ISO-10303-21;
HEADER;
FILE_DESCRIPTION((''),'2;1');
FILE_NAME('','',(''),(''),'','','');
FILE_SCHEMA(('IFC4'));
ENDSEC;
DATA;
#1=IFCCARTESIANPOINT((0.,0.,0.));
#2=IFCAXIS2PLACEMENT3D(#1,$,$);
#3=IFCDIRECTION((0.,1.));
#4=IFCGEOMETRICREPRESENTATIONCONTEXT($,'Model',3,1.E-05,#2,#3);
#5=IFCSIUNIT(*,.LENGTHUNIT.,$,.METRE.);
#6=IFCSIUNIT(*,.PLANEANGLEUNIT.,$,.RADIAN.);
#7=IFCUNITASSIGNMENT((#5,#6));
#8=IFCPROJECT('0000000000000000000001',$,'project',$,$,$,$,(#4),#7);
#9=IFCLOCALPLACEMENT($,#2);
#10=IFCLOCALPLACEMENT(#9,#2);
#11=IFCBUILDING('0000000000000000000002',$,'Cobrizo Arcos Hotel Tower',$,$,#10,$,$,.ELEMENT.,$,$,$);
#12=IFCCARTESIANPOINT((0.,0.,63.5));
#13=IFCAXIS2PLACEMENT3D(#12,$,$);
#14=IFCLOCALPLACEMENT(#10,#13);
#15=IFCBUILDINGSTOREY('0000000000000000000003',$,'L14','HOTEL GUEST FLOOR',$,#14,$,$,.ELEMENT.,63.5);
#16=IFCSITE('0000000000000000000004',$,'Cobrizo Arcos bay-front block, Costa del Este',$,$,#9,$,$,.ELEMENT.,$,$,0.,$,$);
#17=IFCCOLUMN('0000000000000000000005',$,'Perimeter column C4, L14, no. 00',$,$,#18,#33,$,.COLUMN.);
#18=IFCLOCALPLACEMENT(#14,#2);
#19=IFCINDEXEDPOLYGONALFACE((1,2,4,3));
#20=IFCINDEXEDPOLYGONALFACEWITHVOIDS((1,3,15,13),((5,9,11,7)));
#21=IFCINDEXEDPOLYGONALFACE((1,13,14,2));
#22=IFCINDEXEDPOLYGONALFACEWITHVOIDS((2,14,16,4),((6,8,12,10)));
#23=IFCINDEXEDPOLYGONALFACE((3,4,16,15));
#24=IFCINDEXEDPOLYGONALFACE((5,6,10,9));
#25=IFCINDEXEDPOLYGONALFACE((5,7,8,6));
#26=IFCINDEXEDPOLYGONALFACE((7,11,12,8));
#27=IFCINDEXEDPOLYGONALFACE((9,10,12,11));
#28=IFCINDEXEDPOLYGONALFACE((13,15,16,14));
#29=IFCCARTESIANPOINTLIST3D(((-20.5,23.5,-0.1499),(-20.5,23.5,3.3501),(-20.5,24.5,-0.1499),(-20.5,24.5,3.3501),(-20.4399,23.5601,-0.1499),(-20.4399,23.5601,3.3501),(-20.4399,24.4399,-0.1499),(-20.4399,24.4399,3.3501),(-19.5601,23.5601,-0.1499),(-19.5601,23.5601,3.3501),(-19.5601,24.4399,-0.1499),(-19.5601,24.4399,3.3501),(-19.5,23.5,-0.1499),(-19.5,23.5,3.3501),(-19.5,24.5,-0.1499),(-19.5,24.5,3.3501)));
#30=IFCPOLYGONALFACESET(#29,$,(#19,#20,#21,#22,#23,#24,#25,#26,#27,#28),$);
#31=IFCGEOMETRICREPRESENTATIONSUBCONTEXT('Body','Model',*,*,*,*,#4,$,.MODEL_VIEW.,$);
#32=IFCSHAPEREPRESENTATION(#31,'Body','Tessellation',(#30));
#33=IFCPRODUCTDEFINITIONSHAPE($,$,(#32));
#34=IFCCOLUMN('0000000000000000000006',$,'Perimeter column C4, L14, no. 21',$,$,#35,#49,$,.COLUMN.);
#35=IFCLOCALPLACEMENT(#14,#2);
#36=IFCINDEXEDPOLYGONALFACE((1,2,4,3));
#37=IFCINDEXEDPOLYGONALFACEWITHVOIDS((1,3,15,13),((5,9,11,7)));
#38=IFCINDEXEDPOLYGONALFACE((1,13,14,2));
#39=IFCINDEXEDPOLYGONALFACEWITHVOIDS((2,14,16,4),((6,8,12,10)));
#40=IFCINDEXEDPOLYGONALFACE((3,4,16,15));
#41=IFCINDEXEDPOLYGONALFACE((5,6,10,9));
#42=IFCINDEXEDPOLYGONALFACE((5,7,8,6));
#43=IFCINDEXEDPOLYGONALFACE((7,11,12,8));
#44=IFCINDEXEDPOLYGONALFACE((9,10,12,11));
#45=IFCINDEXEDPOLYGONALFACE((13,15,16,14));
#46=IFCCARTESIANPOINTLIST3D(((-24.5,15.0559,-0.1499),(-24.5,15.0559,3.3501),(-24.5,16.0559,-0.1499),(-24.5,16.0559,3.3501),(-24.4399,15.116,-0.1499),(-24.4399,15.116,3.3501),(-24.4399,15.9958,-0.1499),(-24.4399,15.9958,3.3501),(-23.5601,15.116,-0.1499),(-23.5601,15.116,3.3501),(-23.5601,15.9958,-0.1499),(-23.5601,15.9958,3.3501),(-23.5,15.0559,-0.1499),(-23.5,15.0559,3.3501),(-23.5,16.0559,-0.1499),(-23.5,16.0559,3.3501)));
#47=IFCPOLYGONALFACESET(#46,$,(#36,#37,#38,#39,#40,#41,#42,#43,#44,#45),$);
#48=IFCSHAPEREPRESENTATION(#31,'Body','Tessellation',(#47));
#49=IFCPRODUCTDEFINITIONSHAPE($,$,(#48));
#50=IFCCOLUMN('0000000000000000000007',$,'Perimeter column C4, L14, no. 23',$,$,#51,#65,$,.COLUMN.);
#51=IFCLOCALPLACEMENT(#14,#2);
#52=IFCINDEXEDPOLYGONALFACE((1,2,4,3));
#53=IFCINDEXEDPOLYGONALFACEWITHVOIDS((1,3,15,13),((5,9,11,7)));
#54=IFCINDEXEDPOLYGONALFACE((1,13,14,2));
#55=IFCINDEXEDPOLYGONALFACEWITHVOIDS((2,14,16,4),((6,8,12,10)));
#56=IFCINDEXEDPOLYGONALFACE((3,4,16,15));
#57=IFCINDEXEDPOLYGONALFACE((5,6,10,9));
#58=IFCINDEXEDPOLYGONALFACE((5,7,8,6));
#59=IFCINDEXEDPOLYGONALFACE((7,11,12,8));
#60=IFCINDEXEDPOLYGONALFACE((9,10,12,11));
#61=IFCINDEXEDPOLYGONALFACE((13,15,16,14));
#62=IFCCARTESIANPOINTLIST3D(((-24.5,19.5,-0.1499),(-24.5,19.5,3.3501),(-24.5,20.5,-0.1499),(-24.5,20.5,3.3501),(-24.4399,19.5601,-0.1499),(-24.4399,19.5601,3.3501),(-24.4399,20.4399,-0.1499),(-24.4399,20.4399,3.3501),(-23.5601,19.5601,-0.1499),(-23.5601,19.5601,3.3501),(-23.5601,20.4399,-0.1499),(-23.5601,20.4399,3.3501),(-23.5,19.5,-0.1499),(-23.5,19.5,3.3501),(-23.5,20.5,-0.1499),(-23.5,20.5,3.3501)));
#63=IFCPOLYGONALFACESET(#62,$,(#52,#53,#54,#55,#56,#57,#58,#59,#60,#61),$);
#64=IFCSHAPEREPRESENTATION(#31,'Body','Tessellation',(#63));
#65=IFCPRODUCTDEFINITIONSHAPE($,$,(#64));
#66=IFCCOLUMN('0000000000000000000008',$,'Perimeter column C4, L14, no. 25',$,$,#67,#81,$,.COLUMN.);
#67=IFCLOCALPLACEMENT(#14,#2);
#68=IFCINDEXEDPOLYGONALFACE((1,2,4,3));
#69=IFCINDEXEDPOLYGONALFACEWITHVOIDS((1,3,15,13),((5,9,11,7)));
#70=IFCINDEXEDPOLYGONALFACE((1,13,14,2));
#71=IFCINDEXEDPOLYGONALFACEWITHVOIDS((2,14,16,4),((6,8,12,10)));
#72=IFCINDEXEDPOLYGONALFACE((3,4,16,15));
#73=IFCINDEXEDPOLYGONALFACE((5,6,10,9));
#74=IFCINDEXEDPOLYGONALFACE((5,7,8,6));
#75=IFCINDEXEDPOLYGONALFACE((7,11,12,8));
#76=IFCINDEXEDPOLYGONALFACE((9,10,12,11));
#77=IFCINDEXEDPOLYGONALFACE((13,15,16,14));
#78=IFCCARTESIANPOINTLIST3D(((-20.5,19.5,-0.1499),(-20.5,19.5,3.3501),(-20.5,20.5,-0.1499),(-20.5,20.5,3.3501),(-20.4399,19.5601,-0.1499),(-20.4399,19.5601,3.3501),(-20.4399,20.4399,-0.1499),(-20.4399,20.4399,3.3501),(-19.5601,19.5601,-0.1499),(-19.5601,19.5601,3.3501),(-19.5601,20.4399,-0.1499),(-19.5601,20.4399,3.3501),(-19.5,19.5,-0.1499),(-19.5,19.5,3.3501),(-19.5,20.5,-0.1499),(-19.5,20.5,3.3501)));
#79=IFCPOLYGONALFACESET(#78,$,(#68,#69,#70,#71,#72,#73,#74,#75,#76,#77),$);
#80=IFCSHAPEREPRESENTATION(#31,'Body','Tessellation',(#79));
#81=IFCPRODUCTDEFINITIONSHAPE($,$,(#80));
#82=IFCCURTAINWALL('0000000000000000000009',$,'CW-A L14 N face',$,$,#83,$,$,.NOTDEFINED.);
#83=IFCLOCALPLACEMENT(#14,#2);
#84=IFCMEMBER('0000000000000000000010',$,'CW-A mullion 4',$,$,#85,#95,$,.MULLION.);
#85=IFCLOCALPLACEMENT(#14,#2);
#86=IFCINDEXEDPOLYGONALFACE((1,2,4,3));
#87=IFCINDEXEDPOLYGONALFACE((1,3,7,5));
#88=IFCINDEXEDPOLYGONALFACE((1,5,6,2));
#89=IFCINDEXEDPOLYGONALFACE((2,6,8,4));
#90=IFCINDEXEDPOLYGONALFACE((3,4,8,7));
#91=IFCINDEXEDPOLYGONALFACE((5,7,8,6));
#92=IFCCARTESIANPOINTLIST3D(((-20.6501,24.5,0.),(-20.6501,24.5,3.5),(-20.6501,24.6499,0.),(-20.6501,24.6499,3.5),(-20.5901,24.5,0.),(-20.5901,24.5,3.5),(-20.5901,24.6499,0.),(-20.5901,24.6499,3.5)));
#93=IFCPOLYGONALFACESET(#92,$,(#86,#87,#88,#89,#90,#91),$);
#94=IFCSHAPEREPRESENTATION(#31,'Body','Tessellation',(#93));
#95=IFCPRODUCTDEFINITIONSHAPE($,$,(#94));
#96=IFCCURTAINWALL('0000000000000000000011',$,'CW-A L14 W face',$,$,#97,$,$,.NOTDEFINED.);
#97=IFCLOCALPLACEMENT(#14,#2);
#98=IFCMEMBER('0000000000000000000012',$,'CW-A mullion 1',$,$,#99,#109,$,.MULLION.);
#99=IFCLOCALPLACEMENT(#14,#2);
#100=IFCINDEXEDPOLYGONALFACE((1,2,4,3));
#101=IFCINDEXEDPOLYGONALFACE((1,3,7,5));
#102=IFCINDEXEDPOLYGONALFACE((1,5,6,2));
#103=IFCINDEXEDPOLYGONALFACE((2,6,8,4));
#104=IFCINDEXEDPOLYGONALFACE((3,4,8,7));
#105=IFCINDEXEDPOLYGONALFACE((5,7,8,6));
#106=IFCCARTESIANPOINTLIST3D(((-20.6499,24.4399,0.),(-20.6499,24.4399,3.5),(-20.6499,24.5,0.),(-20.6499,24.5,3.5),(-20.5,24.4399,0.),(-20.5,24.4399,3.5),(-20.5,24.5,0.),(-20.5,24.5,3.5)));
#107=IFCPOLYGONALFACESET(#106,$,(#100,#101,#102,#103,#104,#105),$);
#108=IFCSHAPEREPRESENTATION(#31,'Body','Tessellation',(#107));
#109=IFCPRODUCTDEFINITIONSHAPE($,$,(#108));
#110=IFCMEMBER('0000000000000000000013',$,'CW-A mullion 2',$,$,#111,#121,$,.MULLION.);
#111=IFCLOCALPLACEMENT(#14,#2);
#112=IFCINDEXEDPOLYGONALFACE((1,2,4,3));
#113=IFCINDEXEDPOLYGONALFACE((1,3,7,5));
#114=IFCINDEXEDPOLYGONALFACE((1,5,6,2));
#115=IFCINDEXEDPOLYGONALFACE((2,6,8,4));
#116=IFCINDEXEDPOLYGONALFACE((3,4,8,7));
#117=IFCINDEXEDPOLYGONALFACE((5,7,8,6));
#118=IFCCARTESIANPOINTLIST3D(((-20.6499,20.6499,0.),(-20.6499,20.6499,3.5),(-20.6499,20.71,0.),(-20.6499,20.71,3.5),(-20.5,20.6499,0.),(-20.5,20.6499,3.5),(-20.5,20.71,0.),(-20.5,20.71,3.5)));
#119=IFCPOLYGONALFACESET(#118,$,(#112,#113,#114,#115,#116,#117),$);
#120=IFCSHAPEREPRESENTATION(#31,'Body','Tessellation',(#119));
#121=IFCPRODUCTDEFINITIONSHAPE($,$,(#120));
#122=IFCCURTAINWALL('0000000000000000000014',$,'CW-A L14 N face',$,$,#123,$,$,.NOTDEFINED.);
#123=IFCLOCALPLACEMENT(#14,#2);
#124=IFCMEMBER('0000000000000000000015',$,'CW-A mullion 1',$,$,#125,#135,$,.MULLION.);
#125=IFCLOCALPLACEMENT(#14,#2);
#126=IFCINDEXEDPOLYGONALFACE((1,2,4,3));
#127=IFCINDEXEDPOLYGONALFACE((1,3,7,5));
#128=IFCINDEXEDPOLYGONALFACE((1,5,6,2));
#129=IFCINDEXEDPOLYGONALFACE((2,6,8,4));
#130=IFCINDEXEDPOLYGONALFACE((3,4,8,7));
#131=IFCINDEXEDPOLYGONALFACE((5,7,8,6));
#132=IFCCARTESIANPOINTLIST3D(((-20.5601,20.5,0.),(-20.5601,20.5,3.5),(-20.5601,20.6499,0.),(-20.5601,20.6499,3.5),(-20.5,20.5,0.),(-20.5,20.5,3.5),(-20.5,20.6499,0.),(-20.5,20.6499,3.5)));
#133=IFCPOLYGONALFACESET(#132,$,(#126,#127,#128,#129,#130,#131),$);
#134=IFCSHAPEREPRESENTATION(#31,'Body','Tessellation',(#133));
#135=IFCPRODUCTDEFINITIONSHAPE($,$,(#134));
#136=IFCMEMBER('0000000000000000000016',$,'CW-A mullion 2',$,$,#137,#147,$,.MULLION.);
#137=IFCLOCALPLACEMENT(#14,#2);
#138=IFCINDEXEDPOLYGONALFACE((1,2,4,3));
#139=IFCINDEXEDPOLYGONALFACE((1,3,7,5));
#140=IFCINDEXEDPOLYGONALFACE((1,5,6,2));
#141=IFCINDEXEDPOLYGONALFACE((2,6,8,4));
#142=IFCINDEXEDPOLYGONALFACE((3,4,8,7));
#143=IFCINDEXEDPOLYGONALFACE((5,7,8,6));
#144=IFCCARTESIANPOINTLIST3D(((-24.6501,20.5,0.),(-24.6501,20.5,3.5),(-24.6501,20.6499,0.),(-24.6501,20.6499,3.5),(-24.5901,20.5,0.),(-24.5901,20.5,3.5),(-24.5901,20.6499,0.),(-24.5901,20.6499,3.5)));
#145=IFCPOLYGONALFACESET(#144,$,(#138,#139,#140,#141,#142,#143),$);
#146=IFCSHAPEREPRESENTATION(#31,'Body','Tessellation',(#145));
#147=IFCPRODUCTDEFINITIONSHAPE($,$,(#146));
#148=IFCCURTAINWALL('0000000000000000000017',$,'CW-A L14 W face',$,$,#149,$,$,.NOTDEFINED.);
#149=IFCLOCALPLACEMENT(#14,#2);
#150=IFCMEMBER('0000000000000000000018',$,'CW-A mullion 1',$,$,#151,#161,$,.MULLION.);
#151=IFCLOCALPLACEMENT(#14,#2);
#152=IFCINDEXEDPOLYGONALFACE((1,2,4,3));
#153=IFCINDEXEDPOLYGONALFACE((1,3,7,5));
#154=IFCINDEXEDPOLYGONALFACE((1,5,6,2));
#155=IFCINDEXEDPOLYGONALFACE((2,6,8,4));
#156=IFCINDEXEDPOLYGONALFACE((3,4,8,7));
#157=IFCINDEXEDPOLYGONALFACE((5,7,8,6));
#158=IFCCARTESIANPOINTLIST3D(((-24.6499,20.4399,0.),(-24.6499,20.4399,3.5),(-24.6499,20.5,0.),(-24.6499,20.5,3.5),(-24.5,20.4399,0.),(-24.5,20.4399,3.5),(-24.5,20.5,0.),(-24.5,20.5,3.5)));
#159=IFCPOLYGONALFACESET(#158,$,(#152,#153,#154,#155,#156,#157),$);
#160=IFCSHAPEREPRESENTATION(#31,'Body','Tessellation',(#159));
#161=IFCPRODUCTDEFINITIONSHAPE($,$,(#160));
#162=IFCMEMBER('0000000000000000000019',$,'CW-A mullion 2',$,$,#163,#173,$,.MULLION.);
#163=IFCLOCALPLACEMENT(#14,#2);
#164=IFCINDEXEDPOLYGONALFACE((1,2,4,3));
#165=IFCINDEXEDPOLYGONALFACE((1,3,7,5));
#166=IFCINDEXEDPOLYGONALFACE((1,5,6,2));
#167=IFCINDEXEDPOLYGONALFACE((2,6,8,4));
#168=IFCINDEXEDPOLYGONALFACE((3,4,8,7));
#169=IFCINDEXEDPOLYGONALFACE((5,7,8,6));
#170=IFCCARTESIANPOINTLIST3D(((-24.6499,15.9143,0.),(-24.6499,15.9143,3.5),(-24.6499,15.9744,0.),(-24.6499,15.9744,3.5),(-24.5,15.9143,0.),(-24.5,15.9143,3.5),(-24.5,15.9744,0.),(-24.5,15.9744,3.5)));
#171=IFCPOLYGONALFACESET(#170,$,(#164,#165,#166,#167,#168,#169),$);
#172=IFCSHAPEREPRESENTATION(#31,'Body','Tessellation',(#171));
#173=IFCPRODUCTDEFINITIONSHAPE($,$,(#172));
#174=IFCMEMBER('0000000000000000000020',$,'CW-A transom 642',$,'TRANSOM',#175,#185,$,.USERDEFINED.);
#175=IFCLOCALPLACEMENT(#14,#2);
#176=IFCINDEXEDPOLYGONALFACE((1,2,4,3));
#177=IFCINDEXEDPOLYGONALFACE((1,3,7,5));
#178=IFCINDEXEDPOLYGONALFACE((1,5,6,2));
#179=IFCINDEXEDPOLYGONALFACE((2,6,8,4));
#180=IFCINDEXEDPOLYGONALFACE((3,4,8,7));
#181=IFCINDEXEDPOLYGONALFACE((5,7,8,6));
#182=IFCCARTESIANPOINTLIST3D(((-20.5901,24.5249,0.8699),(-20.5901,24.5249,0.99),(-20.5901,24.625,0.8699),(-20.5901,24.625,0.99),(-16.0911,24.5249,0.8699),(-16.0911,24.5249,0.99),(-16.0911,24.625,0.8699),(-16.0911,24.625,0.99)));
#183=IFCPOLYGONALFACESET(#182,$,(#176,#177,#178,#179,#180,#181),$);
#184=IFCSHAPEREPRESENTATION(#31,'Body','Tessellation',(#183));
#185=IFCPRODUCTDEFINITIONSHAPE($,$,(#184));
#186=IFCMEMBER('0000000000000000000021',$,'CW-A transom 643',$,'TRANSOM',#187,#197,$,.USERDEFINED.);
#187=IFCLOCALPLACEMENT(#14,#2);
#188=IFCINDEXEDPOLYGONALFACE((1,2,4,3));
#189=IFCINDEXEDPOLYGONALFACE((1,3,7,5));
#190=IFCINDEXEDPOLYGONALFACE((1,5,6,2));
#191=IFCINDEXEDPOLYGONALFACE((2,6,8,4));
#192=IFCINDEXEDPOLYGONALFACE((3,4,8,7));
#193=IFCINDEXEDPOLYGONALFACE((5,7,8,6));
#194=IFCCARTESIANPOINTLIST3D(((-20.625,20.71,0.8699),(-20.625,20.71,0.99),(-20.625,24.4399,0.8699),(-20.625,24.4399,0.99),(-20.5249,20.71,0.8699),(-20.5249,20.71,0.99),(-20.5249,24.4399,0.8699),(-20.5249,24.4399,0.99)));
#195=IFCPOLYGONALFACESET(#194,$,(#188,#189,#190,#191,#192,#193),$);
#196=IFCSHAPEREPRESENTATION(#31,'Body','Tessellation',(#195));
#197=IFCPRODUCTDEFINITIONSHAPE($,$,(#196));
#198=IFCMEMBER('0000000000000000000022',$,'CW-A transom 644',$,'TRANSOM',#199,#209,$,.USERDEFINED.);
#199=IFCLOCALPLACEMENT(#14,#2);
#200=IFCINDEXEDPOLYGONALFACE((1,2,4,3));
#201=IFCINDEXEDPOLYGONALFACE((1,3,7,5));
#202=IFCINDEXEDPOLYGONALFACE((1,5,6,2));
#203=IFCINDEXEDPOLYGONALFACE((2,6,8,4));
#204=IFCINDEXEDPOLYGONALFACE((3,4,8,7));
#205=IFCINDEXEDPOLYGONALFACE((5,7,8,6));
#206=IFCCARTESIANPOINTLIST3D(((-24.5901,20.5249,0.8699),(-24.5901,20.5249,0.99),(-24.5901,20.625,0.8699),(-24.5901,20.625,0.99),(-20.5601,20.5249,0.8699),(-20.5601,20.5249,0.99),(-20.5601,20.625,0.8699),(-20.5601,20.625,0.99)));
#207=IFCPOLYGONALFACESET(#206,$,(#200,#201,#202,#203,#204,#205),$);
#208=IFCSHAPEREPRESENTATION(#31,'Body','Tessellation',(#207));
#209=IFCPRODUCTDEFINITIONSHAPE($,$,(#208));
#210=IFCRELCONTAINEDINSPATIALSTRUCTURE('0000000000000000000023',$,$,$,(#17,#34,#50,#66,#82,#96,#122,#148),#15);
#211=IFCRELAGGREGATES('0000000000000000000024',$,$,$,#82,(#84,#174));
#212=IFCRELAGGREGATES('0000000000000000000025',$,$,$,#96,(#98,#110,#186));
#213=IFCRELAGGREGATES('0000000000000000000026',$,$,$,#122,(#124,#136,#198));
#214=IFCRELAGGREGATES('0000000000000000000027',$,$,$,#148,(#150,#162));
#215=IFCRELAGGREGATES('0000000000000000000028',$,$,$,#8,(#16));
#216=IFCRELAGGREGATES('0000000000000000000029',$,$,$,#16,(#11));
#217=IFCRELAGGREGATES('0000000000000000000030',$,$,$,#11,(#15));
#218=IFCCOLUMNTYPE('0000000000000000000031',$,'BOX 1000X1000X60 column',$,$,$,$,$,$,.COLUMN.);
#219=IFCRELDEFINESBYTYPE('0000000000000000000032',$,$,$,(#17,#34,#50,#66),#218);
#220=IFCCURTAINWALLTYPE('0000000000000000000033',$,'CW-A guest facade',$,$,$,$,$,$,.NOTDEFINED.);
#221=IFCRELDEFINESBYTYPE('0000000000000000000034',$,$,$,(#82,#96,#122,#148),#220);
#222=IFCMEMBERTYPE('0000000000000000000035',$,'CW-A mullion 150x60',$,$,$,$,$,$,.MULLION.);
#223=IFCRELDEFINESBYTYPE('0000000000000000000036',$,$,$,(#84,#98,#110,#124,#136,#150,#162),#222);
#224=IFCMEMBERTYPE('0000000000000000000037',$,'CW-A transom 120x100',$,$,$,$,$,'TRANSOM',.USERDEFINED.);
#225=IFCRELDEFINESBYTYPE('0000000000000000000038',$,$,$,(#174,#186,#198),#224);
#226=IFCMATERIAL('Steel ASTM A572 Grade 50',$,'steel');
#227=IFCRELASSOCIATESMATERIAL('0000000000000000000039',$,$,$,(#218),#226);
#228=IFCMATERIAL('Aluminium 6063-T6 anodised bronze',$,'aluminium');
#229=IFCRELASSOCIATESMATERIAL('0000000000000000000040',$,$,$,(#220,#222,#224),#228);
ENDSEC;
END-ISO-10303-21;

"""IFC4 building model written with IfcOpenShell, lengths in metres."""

from ifc_helpers import new_model, si_unit, direction, frame, origin, origin_2d, place, context, subcontext, project, spatial, rectangle, hollow_rectangle, extrude, material, material_profile, profile_set, type_object, element, aggregate, save


model = new_model("IFC4")

# Units and contexts
model_context = context("Model", 3, precision=1e-05, world=origin(), true_north=direction((0.0, 1.0)))
body_context = subcontext(model_context, "Body", "Model", "MODEL_VIEW")
ifc_project = project(units=[si_unit("LENGTHUNIT", "METRE"), si_unit("PLANEANGLEUNIT", "RADIAN")], contexts=[model_context])

# Site, building, storey
site_placement = place(None, origin())
site = spatial("IfcSite", under=ifc_project, at=site_placement, Name="Cobrizo Arcos bay-front block, Costa del Este", CompositionType="ELEMENT", RefElevation=0.0)
building_placement = place(site_placement, origin())
building = spatial("IfcBuilding", under=site, at=building_placement, Name="Cobrizo Arcos Hotel Tower", CompositionType="ELEMENT")
storey_placement = place(building_placement, frame((0.0, 0.0, 63.5)))
storey = spatial("IfcBuildingStorey", under=building, at=storey_placement, Name="L14", Description="HOTEL GUEST FLOOR", CompositionType="ELEMENT", Elevation=63.5)

# Columns
ifc_material_1 = material(Name="Steel ASTM A572 Grade 50", Category="steel")
ifc_material_profile_1 = material_profile(ifc_material_1, hollow_rectangle(XDim=1.0, YDim=1.0, WallThickness=0.0601, at=origin_2d()), Name="BOX 1000X1000X60")
ifc_profile_set_1 = profile_set([ifc_material_profile_1], Name="Steel ASTM A572 Grade 50")
column_type = type_object("IfcColumnType", Name="BOX 1000X1000X60 column", PredefinedType="COLUMN", material=ifc_profile_set_1)
for number, where, z_axis, x_axis, name in (
    (1, (-20.0, 24.0, -0.1499), (0.0, 0.0, 1.0), (1.0, 0.0, 0.0), "Perimeter column C4, L14, no. 00"),
    (2, (-24.0, 15.5559, -0.1499), (0.0, 0.0, 1.0), (1.0, 0.0, 0.0), "Perimeter column C4, L14, no. 21"),
    (3, (-24.0, 20.0, -0.1499), (0.0, 0.0, 1.0), (1.0, 0.0, 0.0), "Perimeter column C4, L14, no. 23"),
    (4, (-20.0, 20.0, -0.1499), (0.0, 0.0, 1.0), (1.0, 0.0, 0.0), "Perimeter column C4, L14, no. 25"),
):
    element("IfcColumn", number, at=place(storey_placement, frame(where, z_axis=z_axis, x_axis=x_axis)), inside=storey, type_object=column_type, Name=name, PredefinedType="COLUMN", context=body_context, shape_type="SweptSolid", body=[
        extrude(hollow_rectangle(XDim=1.0, YDim=1.0, WallThickness=0.0601, at=origin_2d()), origin(), (0.0, 0.0, 1.0), 3.5),
    ])

# Curtain wall, member
ifc_material_2 = material(Name="Aluminium 6063-T6 anodised bronze", Category="aluminium")
curtain_wall_type = type_object("IfcCurtainWallType", Name="CW-A guest facade", PredefinedType="NOTDEFINED", material=ifc_material_2)
curtain_wall_1_placement = place(storey_placement, origin())
curtain_wall_1 = element("IfcCurtainWall", 5, at=curtain_wall_1_placement, inside=storey, type_object=curtain_wall_type, Name="CW-A L14 N face", PredefinedType="NOTDEFINED")
ifc_material_profile_2 = material_profile(ifc_material_2, rectangle(XDim=0.1499, YDim=0.0601, at=origin_2d()), Name="CW-A mullion 150x60")
ifc_profile_set_2 = profile_set([ifc_material_profile_2], Name="Aluminium 6063-T6 anodised bronze")
member_type_1 = type_object("IfcMemberType", Name="CW-A mullion 150x60", PredefinedType="MULLION", material=ifc_profile_set_2)
member_1_placement = place(storey_placement, frame((-20.6201, 24.575, 0.0), z_axis=(0.0, 0.0, 1.0), x_axis=(0.0, 1.0, 0.0)))
member_1 = element("IfcMember", 6, at=member_1_placement, type_object=member_type_1, Name="CW-A mullion 4", PredefinedType="MULLION", context=body_context, shape_type="SweptSolid", body=[
    extrude(rectangle(XDim=0.1499, YDim=0.0601, at=origin_2d()), origin(), (0.0, 0.0, 1.0), 3.5),
])

# Curtain walls, members
curtain_wall_2_placement = place(storey_placement, origin())
curtain_wall_2 = element("IfcCurtainWall", 7, at=curtain_wall_2_placement, inside=storey, type_object=curtain_wall_type, Name="CW-A L14 W face", PredefinedType="NOTDEFINED")
member_2_placement = place(storey_placement, frame((-20.575, 24.47, 0.0), z_axis=(0.0, 0.0, 1.0), x_axis=(-1.0, 0.0, 0.0)))
member_2 = element("IfcMember", 8, at=member_2_placement, type_object=member_type_1, Name="CW-A mullion 1", PredefinedType="MULLION", context=body_context, shape_type="SweptSolid", body=[
    extrude(rectangle(XDim=0.1499, YDim=0.0601, at=origin_2d()), origin(), (0.0, 0.0, 1.0), 3.5),
])
member_3_placement = place(storey_placement, frame((-20.575, 20.6799, 0.0), z_axis=(0.0, 0.0, 1.0), x_axis=(-1.0, 0.0, 0.0)))
member_3 = element("IfcMember", 9, at=member_3_placement, type_object=member_type_1, Name="CW-A mullion 2", PredefinedType="MULLION", context=body_context, shape_type="SweptSolid", body=[
    extrude(rectangle(XDim=0.1499, YDim=0.0601, at=origin_2d()), origin(), (0.0, 0.0, 1.0), 3.5),
])
curtain_wall_3_placement = place(storey_placement, origin())
curtain_wall_3 = element("IfcCurtainWall", 10, at=curtain_wall_3_placement, inside=storey, type_object=curtain_wall_type, Name="CW-A L14 N face", PredefinedType="NOTDEFINED")
member_4_placement = place(storey_placement, frame((-20.53, 20.575, 0.0), z_axis=(0.0, 0.0, 1.0), x_axis=(0.0, 1.0, 0.0)))
member_4 = element("IfcMember", 11, at=member_4_placement, type_object=member_type_1, Name="CW-A mullion 1", PredefinedType="MULLION", context=body_context, shape_type="SweptSolid", body=[
    extrude(rectangle(XDim=0.1499, YDim=0.0601, at=origin_2d()), origin(), (0.0, 0.0, 1.0), 3.5),
])
member_5_placement = place(storey_placement, frame((-24.6201, 20.575, 0.0), z_axis=(0.0, 0.0, 1.0), x_axis=(0.0, 1.0, 0.0)))
member_5 = element("IfcMember", 12, at=member_5_placement, type_object=member_type_1, Name="CW-A mullion 2", PredefinedType="MULLION", context=body_context, shape_type="SweptSolid", body=[
    extrude(rectangle(XDim=0.1499, YDim=0.0601, at=origin_2d()), origin(), (0.0, 0.0, 1.0), 3.5),
])
curtain_wall_4_placement = place(storey_placement, origin())
curtain_wall_4 = element("IfcCurtainWall", 13, at=curtain_wall_4_placement, inside=storey, type_object=curtain_wall_type, Name="CW-A L14 W face", PredefinedType="NOTDEFINED")
member_6_placement = place(storey_placement, frame((-24.575, 20.47, 0.0), z_axis=(0.0, 0.0, 1.0), x_axis=(-1.0, 0.0, 0.0)))
member_6 = element("IfcMember", 14, at=member_6_placement, type_object=member_type_1, Name="CW-A mullion 1", PredefinedType="MULLION", context=body_context, shape_type="SweptSolid", body=[
    extrude(rectangle(XDim=0.1499, YDim=0.0601, at=origin_2d()), origin(), (0.0, 0.0, 1.0), 3.5),
])
member_7_placement = place(storey_placement, frame((-24.575, 15.9443, 0.0), z_axis=(0.0, 0.0, 1.0), x_axis=(-1.0, 0.0, 0.0)))
member_7 = element("IfcMember", 15, at=member_7_placement, type_object=member_type_1, Name="CW-A mullion 2", PredefinedType="MULLION", context=body_context, shape_type="SweptSolid", body=[
    extrude(rectangle(XDim=0.1499, YDim=0.0601, at=origin_2d()), origin(), (0.0, 0.0, 1.0), 3.5),
])

# Members
ifc_material_profile_3 = material_profile(ifc_material_2, rectangle(XDim=0.1001, YDim=0.1201, at=origin_2d()), Name="CW-A transom 120x100")
ifc_profile_set_3 = profile_set([ifc_material_profile_3], Name="Aluminium 6063-T6 anodised bronze")
member_type_2 = type_object("IfcMemberType", Name="CW-A transom 120x100", ElementType="TRANSOM", PredefinedType="USERDEFINED", material=ifc_profile_set_3)
member_8_placement = place(storey_placement, frame((-16.0911, 24.575, 0.9299), z_axis=(-1.0, 0.0, 0.0), x_axis=(0.0, -1.0, 0.0)))
member_8 = element("IfcMember", 16, at=member_8_placement, type_object=member_type_2, Name="CW-A transom 642", ObjectType="TRANSOM", PredefinedType="USERDEFINED", context=body_context, shape_type="SweptSolid", body=[
    extrude(rectangle(XDim=0.1001, YDim=0.1201, at=origin_2d()), origin(), (0.0, 0.0, 1.0), 4.499),
])
member_9_placement = place(storey_placement, frame((-20.575, 24.4399, 0.9299), z_axis=(0.0, -1.0, 0.0), x_axis=(1.0, 0.0, 0.0)))
member_9 = element("IfcMember", 17, at=member_9_placement, type_object=member_type_2, Name="CW-A transom 643", ObjectType="TRANSOM", PredefinedType="USERDEFINED", context=body_context, shape_type="SweptSolid", body=[
    extrude(rectangle(XDim=0.1001, YDim=0.1201, at=origin_2d()), origin(), (0.0, 0.0, 1.0), 3.73),
])
member_10_placement = place(storey_placement, frame((-20.5601, 20.575, 0.9299), z_axis=(-1.0, 0.0, 0.0), x_axis=(0.0, -1.0, 0.0)))
member_10 = element("IfcMember", 18, at=member_10_placement, type_object=member_type_2, Name="CW-A transom 644", ObjectType="TRANSOM", PredefinedType="USERDEFINED", context=body_context, shape_type="SweptSolid", body=[
    extrude(rectangle(XDim=0.1001, YDim=0.1201, at=origin_2d()), origin(), (0.0, 0.0, 1.0), 4.03),
])

aggregate(curtain_wall_1, [member_1, member_8])
aggregate(curtain_wall_2, [member_2, member_3, member_9])
aggregate(curtain_wall_3, [member_4, member_5, member_10])
aggregate(curtain_wall_4, [member_6, member_7])

save(model, "model.ifc")
